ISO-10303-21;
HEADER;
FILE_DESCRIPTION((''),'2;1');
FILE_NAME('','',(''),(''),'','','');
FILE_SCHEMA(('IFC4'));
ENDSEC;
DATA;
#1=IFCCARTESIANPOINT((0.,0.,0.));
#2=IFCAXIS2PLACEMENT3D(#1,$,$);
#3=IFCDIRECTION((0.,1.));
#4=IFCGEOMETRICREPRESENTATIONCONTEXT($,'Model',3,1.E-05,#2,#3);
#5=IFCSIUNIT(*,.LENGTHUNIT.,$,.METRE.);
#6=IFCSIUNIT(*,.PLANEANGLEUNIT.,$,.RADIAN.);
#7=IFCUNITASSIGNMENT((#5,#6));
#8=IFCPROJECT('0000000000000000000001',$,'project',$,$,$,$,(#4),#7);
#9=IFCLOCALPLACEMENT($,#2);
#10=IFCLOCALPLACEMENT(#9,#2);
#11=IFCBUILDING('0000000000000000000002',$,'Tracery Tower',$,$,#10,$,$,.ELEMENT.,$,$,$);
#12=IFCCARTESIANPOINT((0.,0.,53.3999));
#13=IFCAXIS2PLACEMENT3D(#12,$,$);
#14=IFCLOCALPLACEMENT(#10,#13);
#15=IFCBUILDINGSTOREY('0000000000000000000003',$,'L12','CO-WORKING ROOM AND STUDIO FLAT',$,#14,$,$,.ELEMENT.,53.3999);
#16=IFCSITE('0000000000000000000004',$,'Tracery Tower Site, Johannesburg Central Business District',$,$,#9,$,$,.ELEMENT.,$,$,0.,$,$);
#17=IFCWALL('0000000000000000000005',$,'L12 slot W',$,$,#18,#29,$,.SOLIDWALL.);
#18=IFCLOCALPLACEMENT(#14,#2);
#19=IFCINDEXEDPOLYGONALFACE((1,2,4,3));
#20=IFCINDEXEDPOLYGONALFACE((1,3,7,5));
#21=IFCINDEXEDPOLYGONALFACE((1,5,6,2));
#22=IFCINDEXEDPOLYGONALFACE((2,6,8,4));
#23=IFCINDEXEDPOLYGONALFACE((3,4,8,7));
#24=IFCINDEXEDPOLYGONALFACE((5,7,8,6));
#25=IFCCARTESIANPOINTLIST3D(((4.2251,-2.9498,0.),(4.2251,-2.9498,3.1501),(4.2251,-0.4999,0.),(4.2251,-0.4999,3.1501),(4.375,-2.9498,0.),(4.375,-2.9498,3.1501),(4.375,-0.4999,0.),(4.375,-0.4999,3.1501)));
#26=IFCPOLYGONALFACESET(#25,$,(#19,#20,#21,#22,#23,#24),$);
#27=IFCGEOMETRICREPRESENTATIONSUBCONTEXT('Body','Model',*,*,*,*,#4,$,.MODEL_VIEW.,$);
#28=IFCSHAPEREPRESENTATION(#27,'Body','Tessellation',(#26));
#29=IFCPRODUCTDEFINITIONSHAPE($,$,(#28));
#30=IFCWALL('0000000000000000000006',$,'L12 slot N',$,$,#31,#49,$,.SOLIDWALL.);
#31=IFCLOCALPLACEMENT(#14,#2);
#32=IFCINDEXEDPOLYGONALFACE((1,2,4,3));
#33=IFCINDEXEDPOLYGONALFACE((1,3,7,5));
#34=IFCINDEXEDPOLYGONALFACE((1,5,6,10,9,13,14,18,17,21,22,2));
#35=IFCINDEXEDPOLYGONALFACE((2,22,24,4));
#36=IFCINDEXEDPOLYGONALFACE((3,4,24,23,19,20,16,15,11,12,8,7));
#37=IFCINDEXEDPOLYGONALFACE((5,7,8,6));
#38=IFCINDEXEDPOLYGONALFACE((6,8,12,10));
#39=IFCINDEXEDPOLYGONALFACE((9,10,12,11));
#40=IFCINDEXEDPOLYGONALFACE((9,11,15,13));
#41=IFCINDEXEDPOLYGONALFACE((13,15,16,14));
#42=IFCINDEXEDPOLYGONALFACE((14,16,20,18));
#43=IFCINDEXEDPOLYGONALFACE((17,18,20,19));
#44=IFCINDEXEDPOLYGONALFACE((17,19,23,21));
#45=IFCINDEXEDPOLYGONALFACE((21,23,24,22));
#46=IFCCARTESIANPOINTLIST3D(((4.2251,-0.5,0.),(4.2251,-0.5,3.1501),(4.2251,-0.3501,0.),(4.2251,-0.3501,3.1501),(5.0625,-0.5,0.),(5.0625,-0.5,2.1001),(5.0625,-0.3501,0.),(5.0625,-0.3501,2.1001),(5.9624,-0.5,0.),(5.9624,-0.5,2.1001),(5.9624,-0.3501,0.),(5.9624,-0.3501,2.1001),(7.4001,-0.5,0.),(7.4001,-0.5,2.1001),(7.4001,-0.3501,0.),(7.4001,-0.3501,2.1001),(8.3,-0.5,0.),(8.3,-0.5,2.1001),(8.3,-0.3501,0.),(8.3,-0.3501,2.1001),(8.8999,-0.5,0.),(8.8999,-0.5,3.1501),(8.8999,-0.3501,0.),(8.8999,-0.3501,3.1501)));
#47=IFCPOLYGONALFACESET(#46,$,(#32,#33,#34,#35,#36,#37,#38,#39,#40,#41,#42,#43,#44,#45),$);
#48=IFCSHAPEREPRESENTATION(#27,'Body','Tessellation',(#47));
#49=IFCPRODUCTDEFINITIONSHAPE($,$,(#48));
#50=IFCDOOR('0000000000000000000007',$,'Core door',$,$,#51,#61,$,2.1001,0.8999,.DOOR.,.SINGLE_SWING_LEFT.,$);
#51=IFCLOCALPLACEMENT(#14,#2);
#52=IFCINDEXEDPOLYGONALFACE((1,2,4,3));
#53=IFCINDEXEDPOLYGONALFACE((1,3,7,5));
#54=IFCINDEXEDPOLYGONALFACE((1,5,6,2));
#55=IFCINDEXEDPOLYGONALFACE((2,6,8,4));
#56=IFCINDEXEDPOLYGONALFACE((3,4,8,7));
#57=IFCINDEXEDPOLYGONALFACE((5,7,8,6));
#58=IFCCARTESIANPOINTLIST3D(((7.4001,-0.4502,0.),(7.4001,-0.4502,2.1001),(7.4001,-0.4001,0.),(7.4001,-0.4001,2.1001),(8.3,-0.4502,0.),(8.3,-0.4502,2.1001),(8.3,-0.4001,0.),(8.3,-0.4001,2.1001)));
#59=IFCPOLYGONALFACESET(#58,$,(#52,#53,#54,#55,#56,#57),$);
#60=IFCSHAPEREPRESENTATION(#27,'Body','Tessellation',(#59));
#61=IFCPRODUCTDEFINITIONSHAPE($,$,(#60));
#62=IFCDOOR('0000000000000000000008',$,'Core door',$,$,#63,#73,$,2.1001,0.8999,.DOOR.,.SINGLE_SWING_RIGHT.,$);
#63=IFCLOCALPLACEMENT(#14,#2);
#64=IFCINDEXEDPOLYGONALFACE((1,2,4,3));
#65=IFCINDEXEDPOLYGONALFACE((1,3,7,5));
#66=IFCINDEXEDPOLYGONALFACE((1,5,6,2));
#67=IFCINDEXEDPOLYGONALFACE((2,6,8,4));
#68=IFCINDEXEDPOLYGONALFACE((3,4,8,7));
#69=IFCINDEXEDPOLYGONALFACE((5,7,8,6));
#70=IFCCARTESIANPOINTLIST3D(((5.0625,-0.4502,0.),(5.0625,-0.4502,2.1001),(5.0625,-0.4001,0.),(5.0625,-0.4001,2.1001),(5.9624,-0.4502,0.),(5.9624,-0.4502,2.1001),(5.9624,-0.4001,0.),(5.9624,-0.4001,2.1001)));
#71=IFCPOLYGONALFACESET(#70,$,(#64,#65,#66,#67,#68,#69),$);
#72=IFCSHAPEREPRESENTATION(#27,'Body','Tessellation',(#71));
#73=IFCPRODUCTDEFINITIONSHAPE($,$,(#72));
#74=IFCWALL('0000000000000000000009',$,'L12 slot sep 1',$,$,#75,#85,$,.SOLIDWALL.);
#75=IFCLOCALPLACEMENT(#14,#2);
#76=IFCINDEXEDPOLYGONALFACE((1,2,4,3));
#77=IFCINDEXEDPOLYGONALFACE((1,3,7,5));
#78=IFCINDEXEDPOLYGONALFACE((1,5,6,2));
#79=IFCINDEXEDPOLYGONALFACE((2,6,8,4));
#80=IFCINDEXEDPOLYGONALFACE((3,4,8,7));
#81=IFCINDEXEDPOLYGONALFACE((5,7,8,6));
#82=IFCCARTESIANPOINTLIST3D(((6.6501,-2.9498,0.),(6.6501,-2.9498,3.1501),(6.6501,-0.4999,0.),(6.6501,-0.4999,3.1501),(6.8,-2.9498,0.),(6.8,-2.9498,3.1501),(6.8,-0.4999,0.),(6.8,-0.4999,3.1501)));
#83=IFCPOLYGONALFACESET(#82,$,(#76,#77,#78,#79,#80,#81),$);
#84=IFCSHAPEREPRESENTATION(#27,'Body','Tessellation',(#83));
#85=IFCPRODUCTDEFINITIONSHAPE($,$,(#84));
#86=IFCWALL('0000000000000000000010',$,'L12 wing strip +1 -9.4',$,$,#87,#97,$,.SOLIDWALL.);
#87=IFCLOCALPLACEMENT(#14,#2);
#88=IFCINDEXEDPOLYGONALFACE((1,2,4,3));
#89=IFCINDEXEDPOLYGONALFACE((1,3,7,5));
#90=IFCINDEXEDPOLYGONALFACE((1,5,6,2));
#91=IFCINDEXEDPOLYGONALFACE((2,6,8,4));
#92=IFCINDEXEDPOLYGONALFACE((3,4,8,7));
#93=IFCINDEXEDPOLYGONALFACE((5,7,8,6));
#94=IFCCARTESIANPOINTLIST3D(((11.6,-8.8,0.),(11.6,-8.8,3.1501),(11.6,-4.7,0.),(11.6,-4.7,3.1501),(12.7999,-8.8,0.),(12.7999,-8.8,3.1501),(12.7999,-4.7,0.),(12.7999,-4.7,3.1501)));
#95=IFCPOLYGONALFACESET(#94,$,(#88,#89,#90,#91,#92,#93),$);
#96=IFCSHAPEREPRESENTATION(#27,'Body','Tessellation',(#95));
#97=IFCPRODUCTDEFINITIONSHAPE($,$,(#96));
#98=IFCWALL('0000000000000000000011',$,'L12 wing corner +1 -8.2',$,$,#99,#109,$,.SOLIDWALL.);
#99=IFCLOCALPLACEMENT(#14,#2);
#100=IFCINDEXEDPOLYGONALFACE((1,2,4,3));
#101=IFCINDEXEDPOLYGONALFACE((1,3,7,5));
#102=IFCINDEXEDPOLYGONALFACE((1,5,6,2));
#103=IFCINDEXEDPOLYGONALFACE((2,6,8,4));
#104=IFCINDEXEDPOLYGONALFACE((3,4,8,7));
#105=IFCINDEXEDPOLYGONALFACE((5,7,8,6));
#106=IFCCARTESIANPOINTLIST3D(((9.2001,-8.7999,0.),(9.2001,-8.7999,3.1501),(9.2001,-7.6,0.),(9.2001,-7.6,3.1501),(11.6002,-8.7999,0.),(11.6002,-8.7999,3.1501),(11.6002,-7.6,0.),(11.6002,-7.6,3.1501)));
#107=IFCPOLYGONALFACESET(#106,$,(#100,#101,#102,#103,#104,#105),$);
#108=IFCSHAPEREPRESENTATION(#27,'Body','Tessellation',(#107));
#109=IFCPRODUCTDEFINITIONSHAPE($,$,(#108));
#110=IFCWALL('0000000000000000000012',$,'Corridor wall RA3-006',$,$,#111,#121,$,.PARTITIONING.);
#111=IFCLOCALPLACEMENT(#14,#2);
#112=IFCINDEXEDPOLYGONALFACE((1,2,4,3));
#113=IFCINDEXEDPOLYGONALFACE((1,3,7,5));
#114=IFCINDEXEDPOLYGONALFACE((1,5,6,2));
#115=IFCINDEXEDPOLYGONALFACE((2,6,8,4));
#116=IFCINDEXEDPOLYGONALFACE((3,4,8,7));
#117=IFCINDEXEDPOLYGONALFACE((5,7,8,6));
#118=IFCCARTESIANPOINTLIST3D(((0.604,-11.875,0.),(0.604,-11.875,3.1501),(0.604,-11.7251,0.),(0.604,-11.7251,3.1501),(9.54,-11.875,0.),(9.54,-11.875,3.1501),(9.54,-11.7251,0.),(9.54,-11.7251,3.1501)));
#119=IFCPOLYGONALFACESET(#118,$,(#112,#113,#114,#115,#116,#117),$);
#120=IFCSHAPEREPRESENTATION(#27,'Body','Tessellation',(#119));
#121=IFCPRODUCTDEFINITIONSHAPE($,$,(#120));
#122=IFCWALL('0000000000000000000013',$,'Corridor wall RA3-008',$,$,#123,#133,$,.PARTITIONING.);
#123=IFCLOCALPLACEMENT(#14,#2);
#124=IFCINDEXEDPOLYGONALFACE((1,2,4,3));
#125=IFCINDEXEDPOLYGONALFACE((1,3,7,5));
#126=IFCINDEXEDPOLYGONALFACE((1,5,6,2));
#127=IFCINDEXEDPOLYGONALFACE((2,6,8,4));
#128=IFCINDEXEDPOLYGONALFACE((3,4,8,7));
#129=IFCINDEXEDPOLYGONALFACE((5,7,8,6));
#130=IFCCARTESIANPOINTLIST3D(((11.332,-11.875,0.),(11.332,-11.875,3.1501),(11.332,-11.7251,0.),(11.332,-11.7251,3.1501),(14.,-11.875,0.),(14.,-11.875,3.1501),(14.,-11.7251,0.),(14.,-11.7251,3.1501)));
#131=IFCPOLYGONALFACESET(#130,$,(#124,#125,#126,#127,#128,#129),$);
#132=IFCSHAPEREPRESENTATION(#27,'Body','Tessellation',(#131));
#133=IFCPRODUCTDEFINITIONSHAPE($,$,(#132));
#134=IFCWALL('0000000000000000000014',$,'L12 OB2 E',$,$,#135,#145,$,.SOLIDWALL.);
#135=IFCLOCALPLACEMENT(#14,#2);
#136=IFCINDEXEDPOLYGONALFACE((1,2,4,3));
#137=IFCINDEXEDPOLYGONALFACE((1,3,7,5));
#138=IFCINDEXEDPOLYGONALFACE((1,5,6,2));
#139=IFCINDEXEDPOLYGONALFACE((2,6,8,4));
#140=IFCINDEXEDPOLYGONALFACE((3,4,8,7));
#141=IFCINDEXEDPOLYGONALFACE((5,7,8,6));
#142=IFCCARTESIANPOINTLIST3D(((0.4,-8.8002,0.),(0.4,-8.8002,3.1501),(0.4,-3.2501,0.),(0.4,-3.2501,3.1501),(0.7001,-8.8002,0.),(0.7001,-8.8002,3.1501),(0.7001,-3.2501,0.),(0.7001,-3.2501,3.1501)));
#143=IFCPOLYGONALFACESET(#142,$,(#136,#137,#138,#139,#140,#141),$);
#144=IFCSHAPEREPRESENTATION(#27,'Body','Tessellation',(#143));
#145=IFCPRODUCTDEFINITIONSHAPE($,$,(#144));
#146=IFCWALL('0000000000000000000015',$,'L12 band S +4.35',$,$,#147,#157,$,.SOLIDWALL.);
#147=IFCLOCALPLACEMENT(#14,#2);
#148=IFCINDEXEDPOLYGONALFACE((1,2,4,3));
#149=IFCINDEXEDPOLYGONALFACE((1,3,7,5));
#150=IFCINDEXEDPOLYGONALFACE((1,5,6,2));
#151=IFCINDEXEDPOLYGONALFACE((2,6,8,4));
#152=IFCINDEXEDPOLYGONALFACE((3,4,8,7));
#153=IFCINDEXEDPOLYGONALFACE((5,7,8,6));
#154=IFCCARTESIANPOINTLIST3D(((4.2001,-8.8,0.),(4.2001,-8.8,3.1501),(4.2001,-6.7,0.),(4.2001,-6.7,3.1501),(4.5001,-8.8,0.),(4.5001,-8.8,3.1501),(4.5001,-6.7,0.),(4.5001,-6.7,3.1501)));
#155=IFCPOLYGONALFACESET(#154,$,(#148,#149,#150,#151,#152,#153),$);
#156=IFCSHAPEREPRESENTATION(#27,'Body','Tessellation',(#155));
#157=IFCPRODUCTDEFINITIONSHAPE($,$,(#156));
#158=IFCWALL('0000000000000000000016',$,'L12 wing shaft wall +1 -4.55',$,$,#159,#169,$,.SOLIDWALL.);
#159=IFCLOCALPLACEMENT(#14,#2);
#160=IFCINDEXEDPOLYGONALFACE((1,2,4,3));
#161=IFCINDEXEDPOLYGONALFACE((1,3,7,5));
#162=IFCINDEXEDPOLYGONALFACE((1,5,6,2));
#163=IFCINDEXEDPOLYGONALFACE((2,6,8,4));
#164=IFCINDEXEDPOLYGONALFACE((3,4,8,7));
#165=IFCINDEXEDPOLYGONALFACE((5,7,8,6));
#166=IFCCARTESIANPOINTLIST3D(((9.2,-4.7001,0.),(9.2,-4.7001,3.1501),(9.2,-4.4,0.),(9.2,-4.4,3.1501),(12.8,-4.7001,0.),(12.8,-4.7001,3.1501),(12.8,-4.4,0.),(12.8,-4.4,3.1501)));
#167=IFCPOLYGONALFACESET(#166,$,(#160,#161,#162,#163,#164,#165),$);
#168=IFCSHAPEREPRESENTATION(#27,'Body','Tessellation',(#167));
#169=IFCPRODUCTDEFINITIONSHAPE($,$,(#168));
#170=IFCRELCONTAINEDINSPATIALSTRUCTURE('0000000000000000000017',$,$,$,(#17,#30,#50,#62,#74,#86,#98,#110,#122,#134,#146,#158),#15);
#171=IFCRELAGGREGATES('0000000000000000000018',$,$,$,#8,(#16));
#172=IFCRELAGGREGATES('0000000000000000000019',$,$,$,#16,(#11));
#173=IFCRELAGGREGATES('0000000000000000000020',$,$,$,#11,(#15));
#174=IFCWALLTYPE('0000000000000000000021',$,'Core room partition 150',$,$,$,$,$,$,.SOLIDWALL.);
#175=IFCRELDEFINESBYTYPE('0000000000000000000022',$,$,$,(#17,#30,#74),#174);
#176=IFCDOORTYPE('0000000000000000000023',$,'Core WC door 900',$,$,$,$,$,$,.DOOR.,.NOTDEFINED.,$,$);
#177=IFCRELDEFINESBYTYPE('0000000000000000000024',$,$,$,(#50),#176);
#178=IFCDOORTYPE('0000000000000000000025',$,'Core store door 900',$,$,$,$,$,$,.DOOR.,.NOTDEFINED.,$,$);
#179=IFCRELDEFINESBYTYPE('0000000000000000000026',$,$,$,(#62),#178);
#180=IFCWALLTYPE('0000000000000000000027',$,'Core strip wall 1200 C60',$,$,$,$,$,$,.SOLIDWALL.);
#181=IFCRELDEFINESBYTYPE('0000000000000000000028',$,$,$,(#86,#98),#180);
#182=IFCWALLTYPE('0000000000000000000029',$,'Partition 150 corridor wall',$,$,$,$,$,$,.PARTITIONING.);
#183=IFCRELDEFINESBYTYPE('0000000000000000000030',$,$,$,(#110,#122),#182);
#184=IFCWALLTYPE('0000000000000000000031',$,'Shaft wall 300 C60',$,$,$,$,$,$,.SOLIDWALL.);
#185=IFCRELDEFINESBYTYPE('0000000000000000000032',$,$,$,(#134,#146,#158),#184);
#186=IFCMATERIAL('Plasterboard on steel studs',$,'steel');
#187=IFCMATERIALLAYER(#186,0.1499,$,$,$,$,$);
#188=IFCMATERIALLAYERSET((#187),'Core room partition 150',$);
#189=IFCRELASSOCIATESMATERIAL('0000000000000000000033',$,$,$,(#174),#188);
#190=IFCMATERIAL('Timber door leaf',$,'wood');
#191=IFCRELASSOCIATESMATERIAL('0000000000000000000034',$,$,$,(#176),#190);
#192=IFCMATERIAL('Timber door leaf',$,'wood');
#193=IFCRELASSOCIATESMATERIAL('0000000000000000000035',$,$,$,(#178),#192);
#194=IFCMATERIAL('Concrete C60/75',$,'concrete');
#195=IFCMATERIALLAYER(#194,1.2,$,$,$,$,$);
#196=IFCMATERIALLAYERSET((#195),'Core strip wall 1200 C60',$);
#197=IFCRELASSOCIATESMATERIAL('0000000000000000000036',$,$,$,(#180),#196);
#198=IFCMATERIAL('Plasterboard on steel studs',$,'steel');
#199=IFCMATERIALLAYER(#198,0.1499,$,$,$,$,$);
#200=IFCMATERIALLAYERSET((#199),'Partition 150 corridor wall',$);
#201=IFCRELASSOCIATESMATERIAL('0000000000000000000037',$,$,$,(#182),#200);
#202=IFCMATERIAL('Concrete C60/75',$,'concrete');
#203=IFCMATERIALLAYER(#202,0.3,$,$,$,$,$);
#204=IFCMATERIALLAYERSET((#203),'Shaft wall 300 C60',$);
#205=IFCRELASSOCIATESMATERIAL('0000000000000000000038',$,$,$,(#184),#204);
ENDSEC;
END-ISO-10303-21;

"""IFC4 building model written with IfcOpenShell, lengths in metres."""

from ifc_helpers import new_model, si_unit, direction, frame, frame_2d, origin, place, context, subcontext, project, spatial, rectangle, extrude, material, layer, layer_set, type_object, element, fill, save


model = new_model("IFC4")

# Units and contexts
model_context = context("Model", 3, precision=1e-05, world=origin(), true_north=direction((0.0, 1.0)))
body_context = subcontext(model_context, "Body", "Model", "MODEL_VIEW")
ifc_project = project(units=[si_unit("LENGTHUNIT", "METRE"), si_unit("PLANEANGLEUNIT", "RADIAN")], contexts=[model_context])

# Site, building, storey
site_placement = place(None, origin())
site = spatial("IfcSite", under=ifc_project, at=site_placement, Name="Tracery Tower Site, Johannesburg Central Business District", CompositionType="ELEMENT", RefElevation=0.0)
building_placement = place(site_placement, origin())
building = spatial("IfcBuilding", under=site, at=building_placement, Name="Tracery Tower", CompositionType="ELEMENT")
storey_placement = place(building_placement, frame((0.0, 0.0, 53.3999)))
storey = spatial("IfcBuildingStorey", under=building, at=storey_placement, Name="L12", Description="CO-WORKING ROOM AND STUDIO FLAT", CompositionType="ELEMENT", Elevation=53.3999)

# Wall
ifc_material_1 = material(Name="Plasterboard on steel studs", Category="steel")
ifc_layer_1 = layer(ifc_material_1, 0.1499)
ifc_layer_set_1 = layer_set([ifc_layer_1], Name="Core room partition 150")
wall_type_1 = type_object("IfcWallType", Name="Core room partition 150", PredefinedType="SOLIDWALL", material=ifc_layer_set_1)
wall_1_placement = place(storey_placement, frame((4.3, -2.95, 0.0), z_axis=(0.0, 0.0, 1.0), x_axis=(0.0, 1.0, 0.0)))
element("IfcWall", 1, at=wall_1_placement, inside=storey, type_object=wall_type_1, Name="L12 slot W", PredefinedType="SOLIDWALL", context=body_context, shape_type="SweptSolid", body=[
    extrude(rectangle(XDim=2.45, YDim=0.1499, at=frame_2d((1.2251, 0.0))), origin(), (0.0, 0.0, 1.0), 3.1501),
])

# Wall, openings, doors
wall_2_placement = place(storey_placement, frame((4.2251, -0.425, 0.0), z_axis=(0.0, 0.0, 1.0), x_axis=(1.0, 0.0, 0.0)))
wall_2 = element("IfcWall", 2, at=wall_2_placement, inside=storey, type_object=wall_type_1, Name="L12 slot N", PredefinedType="SOLIDWALL", context=body_context, shape_type="SweptSolid", body=[
    extrude(rectangle(XDim=4.6748, YDim=0.1499, at=frame_2d((2.3374, 0.0))), origin(), (0.0, 0.0, 1.0), 3.1501),
])
opening_1_placement = place(wall_2_placement, frame((0.8374, 0.0, 0.0)))
opening_1 = element("IfcOpeningElement", 3, at=opening_1_placement, cuts=wall_2, PredefinedType="OPENING", context=body_context, shape_type="SweptSolid", body=[
    extrude(rectangle(XDim=0.8999, YDim=2.1001, at=frame_2d((0.45, 1.05))), frame((0.0, 0.075, 0.0), z_axis=(0.0, -1.0, 0.0), x_axis=(1.0, 0.0, 0.0)), (0.0, 0.0, 1.0), 0.1499),
])
opening_2_placement = place(wall_2_placement, frame((3.175, 0.0, 0.0)))
opening_2 = element("IfcOpeningElement", 4, at=opening_2_placement, cuts=wall_2, PredefinedType="OPENING", context=body_context, shape_type="SweptSolid", body=[
    extrude(rectangle(XDim=0.8999, YDim=2.1001, at=frame_2d((0.45, 1.05))), frame((0.0, 0.075, 0.0), z_axis=(0.0, -1.0, 0.0), x_axis=(1.0, 0.0, 0.0)), (0.0, 0.0, 1.0), 0.1499),
])
ifc_material_2 = material(Name="Timber door leaf", Category="wood")
door_type_1 = type_object("IfcDoorType", Name="Core WC door 900", OperationType="NOTDEFINED", PredefinedType="DOOR", material=ifc_material_2)
door_1_placement = place(opening_2_placement, origin())
door_1 = element("IfcDoor", 5, at=door_1_placement, inside=storey, type_object=door_type_1, Name="Core door", OperationType="SINGLE_SWING_LEFT", OverallHeight=2.1001, OverallWidth=0.8999, PredefinedType="DOOR", context=body_context, shape_type="SweptSolid", body=[
    extrude(rectangle(XDim=0.8999, YDim=2.1001, at=frame_2d((0.45, 1.05))), frame((0.0, 0.0249, 0.0), z_axis=(0.0, -1.0, 0.0), x_axis=(1.0, 0.0, 0.0)), (0.0, 0.0, 1.0), 0.05),
])
fill(opening_2, door_1)
ifc_material_3 = material(Name="Timber door leaf", Category="wood")
door_type_2 = type_object("IfcDoorType", Name="Core store door 900", OperationType="NOTDEFINED", PredefinedType="DOOR", material=ifc_material_3)
door_2_placement = place(opening_1_placement, origin())
door_2 = element("IfcDoor", 6, at=door_2_placement, inside=storey, type_object=door_type_2, Name="Core door", OperationType="SINGLE_SWING_RIGHT", OverallHeight=2.1001, OverallWidth=0.8999, PredefinedType="DOOR", context=body_context, shape_type="SweptSolid", body=[
    extrude(rectangle(XDim=0.8999, YDim=2.1001, at=frame_2d((0.45, 1.05))), frame((0.0, 0.0249, 0.0), z_axis=(0.0, -1.0, 0.0), x_axis=(1.0, 0.0, 0.0)), (0.0, 0.0, 1.0), 0.05),
])
fill(opening_1, door_2)

# Walls
wall_3_placement = place(storey_placement, frame((6.7251, -2.95, 0.0), z_axis=(0.0, 0.0, 1.0), x_axis=(0.0, 1.0, 0.0)))
element("IfcWall", 7, at=wall_3_placement, inside=storey, type_object=wall_type_1, Name="L12 slot sep 1", PredefinedType="SOLIDWALL", context=body_context, shape_type="SweptSolid", body=[
    extrude(rectangle(XDim=2.45, YDim=0.1499, at=frame_2d((1.2251, 0.0))), origin(), (0.0, 0.0, 1.0), 3.1501),
])
ifc_material_4 = material(Name="Concrete C60/75", Category="concrete")
ifc_layer_2 = layer(ifc_material_4, 1.2)
ifc_layer_set_2 = layer_set([ifc_layer_2], Name="Core strip wall 1200 C60")
wall_type_2 = type_object("IfcWallType", Name="Core strip wall 1200 C60", PredefinedType="SOLIDWALL", material=ifc_layer_set_2)
wall_4_placement = place(storey_placement, frame((12.2, -8.8, 0.0), z_axis=(0.0, 0.0, 1.0), x_axis=(0.0, 1.0, 0.0)))
element("IfcWall", 8, at=wall_4_placement, inside=storey, type_object=wall_type_2, Name="L12 wing strip +1 -9.4", PredefinedType="SOLIDWALL", context=body_context, shape_type="SweptSolid", body=[
    extrude(rectangle(XDim=4.1001, YDim=1.2, at=frame_2d((2.05, 0.0))), origin(), (0.0, 0.0, 1.0), 3.1501),
])
wall_5_placement = place(storey_placement, frame((9.2, -8.2, 0.0), z_axis=(0.0, 0.0, 1.0), x_axis=(1.0, 0.0, 0.0)))
element("IfcWall", 9, at=wall_5_placement, inside=storey, type_object=wall_type_2, Name="L12 wing corner +1 -8.2", PredefinedType="SOLIDWALL", context=body_context, shape_type="SweptSolid", body=[
    extrude(rectangle(XDim=2.4001, YDim=1.2, at=frame_2d((1.2002, 0.0))), origin(), (0.0, 0.0, 1.0), 3.1501),
])
ifc_material_5 = material(Name="Plasterboard on steel studs", Category="steel")
ifc_layer_3 = layer(ifc_material_5, 0.1499)
ifc_layer_set_3 = layer_set([ifc_layer_3], Name="Partition 150 corridor wall")
wall_type_3 = type_object("IfcWallType", Name="Partition 150 corridor wall", PredefinedType="PARTITIONING", material=ifc_layer_set_3)
wall_6_placement = place(storey_placement, frame((0.604, -11.8, 0.0), z_axis=(0.0, 0.0, 1.0), x_axis=(1.0, 0.0, 0.0)))
element("IfcWall", 10, at=wall_6_placement, inside=storey, type_object=wall_type_3, Name="Corridor wall RA3-006", PredefinedType="PARTITIONING", context=body_context, shape_type="SweptSolid", body=[
    extrude(rectangle(XDim=8.936, YDim=0.1499, at=frame_2d((4.468, 0.0))), origin(), (0.0, 0.0, 1.0), 3.1501),
])
wall_7_placement = place(storey_placement, frame((11.332, -11.8, 0.0), z_axis=(0.0, 0.0, 1.0), x_axis=(1.0, 0.0, 0.0)))
element("IfcWall", 11, at=wall_7_placement, inside=storey, type_object=wall_type_3, Name="Corridor wall RA3-008", PredefinedType="PARTITIONING", context=body_context, shape_type="SweptSolid", body=[
    extrude(rectangle(XDim=2.668, YDim=0.1499, at=frame_2d((1.334, 0.0))), origin(), (0.0, 0.0, 1.0), 3.1501),
])
ifc_material_6 = material(Name="Concrete C60/75", Category="concrete")
ifc_layer_4 = layer(ifc_material_6, 0.3)
ifc_layer_set_4 = layer_set([ifc_layer_4], Name="Shaft wall 300 C60")
wall_type_4 = type_object("IfcWallType", Name="Shaft wall 300 C60", PredefinedType="SOLIDWALL", material=ifc_layer_set_4)
wall_8_placement = place(storey_placement, frame((0.55, -8.8, 0.0), z_axis=(0.0, 0.0, 1.0), x_axis=(0.0, 1.0, 0.0)))
element("IfcWall", 12, at=wall_8_placement, inside=storey, type_object=wall_type_4, Name="L12 OB2 E", PredefinedType="SOLIDWALL", context=body_context, shape_type="SweptSolid", body=[
    extrude(rectangle(XDim=5.55, YDim=0.3, at=frame_2d((2.7749, 0.0))), origin(), (0.0, 0.0, 1.0), 3.1501),
])
wall_9_placement = place(storey_placement, frame((4.3501, -8.8, 0.0), z_axis=(0.0, 0.0, 1.0), x_axis=(0.0, 1.0, 0.0)))
element("IfcWall", 13, at=wall_9_placement, inside=storey, type_object=wall_type_4, Name="L12 band S +4.35", PredefinedType="SOLIDWALL", context=body_context, shape_type="SweptSolid", body=[
    extrude(rectangle(XDim=2.1001, YDim=0.3, at=frame_2d((1.05, 0.0))), origin(), (0.0, 0.0, 1.0), 3.1501),
])
wall_10_placement = place(storey_placement, frame((9.2, -4.55, 0.0), z_axis=(0.0, 0.0, 1.0), x_axis=(1.0, 0.0, 0.0)))
element("IfcWall", 14, at=wall_10_placement, inside=storey, type_object=wall_type_4, Name="L12 wing shaft wall +1 -4.55", PredefinedType="SOLIDWALL", context=body_context, shape_type="SweptSolid", body=[
    extrude(rectangle(XDim=3.6001, YDim=0.3, at=frame_2d((1.8, 0.0))), origin(), (0.0, 0.0, 1.0), 3.1501),
])

save(model, "model.ifc")
